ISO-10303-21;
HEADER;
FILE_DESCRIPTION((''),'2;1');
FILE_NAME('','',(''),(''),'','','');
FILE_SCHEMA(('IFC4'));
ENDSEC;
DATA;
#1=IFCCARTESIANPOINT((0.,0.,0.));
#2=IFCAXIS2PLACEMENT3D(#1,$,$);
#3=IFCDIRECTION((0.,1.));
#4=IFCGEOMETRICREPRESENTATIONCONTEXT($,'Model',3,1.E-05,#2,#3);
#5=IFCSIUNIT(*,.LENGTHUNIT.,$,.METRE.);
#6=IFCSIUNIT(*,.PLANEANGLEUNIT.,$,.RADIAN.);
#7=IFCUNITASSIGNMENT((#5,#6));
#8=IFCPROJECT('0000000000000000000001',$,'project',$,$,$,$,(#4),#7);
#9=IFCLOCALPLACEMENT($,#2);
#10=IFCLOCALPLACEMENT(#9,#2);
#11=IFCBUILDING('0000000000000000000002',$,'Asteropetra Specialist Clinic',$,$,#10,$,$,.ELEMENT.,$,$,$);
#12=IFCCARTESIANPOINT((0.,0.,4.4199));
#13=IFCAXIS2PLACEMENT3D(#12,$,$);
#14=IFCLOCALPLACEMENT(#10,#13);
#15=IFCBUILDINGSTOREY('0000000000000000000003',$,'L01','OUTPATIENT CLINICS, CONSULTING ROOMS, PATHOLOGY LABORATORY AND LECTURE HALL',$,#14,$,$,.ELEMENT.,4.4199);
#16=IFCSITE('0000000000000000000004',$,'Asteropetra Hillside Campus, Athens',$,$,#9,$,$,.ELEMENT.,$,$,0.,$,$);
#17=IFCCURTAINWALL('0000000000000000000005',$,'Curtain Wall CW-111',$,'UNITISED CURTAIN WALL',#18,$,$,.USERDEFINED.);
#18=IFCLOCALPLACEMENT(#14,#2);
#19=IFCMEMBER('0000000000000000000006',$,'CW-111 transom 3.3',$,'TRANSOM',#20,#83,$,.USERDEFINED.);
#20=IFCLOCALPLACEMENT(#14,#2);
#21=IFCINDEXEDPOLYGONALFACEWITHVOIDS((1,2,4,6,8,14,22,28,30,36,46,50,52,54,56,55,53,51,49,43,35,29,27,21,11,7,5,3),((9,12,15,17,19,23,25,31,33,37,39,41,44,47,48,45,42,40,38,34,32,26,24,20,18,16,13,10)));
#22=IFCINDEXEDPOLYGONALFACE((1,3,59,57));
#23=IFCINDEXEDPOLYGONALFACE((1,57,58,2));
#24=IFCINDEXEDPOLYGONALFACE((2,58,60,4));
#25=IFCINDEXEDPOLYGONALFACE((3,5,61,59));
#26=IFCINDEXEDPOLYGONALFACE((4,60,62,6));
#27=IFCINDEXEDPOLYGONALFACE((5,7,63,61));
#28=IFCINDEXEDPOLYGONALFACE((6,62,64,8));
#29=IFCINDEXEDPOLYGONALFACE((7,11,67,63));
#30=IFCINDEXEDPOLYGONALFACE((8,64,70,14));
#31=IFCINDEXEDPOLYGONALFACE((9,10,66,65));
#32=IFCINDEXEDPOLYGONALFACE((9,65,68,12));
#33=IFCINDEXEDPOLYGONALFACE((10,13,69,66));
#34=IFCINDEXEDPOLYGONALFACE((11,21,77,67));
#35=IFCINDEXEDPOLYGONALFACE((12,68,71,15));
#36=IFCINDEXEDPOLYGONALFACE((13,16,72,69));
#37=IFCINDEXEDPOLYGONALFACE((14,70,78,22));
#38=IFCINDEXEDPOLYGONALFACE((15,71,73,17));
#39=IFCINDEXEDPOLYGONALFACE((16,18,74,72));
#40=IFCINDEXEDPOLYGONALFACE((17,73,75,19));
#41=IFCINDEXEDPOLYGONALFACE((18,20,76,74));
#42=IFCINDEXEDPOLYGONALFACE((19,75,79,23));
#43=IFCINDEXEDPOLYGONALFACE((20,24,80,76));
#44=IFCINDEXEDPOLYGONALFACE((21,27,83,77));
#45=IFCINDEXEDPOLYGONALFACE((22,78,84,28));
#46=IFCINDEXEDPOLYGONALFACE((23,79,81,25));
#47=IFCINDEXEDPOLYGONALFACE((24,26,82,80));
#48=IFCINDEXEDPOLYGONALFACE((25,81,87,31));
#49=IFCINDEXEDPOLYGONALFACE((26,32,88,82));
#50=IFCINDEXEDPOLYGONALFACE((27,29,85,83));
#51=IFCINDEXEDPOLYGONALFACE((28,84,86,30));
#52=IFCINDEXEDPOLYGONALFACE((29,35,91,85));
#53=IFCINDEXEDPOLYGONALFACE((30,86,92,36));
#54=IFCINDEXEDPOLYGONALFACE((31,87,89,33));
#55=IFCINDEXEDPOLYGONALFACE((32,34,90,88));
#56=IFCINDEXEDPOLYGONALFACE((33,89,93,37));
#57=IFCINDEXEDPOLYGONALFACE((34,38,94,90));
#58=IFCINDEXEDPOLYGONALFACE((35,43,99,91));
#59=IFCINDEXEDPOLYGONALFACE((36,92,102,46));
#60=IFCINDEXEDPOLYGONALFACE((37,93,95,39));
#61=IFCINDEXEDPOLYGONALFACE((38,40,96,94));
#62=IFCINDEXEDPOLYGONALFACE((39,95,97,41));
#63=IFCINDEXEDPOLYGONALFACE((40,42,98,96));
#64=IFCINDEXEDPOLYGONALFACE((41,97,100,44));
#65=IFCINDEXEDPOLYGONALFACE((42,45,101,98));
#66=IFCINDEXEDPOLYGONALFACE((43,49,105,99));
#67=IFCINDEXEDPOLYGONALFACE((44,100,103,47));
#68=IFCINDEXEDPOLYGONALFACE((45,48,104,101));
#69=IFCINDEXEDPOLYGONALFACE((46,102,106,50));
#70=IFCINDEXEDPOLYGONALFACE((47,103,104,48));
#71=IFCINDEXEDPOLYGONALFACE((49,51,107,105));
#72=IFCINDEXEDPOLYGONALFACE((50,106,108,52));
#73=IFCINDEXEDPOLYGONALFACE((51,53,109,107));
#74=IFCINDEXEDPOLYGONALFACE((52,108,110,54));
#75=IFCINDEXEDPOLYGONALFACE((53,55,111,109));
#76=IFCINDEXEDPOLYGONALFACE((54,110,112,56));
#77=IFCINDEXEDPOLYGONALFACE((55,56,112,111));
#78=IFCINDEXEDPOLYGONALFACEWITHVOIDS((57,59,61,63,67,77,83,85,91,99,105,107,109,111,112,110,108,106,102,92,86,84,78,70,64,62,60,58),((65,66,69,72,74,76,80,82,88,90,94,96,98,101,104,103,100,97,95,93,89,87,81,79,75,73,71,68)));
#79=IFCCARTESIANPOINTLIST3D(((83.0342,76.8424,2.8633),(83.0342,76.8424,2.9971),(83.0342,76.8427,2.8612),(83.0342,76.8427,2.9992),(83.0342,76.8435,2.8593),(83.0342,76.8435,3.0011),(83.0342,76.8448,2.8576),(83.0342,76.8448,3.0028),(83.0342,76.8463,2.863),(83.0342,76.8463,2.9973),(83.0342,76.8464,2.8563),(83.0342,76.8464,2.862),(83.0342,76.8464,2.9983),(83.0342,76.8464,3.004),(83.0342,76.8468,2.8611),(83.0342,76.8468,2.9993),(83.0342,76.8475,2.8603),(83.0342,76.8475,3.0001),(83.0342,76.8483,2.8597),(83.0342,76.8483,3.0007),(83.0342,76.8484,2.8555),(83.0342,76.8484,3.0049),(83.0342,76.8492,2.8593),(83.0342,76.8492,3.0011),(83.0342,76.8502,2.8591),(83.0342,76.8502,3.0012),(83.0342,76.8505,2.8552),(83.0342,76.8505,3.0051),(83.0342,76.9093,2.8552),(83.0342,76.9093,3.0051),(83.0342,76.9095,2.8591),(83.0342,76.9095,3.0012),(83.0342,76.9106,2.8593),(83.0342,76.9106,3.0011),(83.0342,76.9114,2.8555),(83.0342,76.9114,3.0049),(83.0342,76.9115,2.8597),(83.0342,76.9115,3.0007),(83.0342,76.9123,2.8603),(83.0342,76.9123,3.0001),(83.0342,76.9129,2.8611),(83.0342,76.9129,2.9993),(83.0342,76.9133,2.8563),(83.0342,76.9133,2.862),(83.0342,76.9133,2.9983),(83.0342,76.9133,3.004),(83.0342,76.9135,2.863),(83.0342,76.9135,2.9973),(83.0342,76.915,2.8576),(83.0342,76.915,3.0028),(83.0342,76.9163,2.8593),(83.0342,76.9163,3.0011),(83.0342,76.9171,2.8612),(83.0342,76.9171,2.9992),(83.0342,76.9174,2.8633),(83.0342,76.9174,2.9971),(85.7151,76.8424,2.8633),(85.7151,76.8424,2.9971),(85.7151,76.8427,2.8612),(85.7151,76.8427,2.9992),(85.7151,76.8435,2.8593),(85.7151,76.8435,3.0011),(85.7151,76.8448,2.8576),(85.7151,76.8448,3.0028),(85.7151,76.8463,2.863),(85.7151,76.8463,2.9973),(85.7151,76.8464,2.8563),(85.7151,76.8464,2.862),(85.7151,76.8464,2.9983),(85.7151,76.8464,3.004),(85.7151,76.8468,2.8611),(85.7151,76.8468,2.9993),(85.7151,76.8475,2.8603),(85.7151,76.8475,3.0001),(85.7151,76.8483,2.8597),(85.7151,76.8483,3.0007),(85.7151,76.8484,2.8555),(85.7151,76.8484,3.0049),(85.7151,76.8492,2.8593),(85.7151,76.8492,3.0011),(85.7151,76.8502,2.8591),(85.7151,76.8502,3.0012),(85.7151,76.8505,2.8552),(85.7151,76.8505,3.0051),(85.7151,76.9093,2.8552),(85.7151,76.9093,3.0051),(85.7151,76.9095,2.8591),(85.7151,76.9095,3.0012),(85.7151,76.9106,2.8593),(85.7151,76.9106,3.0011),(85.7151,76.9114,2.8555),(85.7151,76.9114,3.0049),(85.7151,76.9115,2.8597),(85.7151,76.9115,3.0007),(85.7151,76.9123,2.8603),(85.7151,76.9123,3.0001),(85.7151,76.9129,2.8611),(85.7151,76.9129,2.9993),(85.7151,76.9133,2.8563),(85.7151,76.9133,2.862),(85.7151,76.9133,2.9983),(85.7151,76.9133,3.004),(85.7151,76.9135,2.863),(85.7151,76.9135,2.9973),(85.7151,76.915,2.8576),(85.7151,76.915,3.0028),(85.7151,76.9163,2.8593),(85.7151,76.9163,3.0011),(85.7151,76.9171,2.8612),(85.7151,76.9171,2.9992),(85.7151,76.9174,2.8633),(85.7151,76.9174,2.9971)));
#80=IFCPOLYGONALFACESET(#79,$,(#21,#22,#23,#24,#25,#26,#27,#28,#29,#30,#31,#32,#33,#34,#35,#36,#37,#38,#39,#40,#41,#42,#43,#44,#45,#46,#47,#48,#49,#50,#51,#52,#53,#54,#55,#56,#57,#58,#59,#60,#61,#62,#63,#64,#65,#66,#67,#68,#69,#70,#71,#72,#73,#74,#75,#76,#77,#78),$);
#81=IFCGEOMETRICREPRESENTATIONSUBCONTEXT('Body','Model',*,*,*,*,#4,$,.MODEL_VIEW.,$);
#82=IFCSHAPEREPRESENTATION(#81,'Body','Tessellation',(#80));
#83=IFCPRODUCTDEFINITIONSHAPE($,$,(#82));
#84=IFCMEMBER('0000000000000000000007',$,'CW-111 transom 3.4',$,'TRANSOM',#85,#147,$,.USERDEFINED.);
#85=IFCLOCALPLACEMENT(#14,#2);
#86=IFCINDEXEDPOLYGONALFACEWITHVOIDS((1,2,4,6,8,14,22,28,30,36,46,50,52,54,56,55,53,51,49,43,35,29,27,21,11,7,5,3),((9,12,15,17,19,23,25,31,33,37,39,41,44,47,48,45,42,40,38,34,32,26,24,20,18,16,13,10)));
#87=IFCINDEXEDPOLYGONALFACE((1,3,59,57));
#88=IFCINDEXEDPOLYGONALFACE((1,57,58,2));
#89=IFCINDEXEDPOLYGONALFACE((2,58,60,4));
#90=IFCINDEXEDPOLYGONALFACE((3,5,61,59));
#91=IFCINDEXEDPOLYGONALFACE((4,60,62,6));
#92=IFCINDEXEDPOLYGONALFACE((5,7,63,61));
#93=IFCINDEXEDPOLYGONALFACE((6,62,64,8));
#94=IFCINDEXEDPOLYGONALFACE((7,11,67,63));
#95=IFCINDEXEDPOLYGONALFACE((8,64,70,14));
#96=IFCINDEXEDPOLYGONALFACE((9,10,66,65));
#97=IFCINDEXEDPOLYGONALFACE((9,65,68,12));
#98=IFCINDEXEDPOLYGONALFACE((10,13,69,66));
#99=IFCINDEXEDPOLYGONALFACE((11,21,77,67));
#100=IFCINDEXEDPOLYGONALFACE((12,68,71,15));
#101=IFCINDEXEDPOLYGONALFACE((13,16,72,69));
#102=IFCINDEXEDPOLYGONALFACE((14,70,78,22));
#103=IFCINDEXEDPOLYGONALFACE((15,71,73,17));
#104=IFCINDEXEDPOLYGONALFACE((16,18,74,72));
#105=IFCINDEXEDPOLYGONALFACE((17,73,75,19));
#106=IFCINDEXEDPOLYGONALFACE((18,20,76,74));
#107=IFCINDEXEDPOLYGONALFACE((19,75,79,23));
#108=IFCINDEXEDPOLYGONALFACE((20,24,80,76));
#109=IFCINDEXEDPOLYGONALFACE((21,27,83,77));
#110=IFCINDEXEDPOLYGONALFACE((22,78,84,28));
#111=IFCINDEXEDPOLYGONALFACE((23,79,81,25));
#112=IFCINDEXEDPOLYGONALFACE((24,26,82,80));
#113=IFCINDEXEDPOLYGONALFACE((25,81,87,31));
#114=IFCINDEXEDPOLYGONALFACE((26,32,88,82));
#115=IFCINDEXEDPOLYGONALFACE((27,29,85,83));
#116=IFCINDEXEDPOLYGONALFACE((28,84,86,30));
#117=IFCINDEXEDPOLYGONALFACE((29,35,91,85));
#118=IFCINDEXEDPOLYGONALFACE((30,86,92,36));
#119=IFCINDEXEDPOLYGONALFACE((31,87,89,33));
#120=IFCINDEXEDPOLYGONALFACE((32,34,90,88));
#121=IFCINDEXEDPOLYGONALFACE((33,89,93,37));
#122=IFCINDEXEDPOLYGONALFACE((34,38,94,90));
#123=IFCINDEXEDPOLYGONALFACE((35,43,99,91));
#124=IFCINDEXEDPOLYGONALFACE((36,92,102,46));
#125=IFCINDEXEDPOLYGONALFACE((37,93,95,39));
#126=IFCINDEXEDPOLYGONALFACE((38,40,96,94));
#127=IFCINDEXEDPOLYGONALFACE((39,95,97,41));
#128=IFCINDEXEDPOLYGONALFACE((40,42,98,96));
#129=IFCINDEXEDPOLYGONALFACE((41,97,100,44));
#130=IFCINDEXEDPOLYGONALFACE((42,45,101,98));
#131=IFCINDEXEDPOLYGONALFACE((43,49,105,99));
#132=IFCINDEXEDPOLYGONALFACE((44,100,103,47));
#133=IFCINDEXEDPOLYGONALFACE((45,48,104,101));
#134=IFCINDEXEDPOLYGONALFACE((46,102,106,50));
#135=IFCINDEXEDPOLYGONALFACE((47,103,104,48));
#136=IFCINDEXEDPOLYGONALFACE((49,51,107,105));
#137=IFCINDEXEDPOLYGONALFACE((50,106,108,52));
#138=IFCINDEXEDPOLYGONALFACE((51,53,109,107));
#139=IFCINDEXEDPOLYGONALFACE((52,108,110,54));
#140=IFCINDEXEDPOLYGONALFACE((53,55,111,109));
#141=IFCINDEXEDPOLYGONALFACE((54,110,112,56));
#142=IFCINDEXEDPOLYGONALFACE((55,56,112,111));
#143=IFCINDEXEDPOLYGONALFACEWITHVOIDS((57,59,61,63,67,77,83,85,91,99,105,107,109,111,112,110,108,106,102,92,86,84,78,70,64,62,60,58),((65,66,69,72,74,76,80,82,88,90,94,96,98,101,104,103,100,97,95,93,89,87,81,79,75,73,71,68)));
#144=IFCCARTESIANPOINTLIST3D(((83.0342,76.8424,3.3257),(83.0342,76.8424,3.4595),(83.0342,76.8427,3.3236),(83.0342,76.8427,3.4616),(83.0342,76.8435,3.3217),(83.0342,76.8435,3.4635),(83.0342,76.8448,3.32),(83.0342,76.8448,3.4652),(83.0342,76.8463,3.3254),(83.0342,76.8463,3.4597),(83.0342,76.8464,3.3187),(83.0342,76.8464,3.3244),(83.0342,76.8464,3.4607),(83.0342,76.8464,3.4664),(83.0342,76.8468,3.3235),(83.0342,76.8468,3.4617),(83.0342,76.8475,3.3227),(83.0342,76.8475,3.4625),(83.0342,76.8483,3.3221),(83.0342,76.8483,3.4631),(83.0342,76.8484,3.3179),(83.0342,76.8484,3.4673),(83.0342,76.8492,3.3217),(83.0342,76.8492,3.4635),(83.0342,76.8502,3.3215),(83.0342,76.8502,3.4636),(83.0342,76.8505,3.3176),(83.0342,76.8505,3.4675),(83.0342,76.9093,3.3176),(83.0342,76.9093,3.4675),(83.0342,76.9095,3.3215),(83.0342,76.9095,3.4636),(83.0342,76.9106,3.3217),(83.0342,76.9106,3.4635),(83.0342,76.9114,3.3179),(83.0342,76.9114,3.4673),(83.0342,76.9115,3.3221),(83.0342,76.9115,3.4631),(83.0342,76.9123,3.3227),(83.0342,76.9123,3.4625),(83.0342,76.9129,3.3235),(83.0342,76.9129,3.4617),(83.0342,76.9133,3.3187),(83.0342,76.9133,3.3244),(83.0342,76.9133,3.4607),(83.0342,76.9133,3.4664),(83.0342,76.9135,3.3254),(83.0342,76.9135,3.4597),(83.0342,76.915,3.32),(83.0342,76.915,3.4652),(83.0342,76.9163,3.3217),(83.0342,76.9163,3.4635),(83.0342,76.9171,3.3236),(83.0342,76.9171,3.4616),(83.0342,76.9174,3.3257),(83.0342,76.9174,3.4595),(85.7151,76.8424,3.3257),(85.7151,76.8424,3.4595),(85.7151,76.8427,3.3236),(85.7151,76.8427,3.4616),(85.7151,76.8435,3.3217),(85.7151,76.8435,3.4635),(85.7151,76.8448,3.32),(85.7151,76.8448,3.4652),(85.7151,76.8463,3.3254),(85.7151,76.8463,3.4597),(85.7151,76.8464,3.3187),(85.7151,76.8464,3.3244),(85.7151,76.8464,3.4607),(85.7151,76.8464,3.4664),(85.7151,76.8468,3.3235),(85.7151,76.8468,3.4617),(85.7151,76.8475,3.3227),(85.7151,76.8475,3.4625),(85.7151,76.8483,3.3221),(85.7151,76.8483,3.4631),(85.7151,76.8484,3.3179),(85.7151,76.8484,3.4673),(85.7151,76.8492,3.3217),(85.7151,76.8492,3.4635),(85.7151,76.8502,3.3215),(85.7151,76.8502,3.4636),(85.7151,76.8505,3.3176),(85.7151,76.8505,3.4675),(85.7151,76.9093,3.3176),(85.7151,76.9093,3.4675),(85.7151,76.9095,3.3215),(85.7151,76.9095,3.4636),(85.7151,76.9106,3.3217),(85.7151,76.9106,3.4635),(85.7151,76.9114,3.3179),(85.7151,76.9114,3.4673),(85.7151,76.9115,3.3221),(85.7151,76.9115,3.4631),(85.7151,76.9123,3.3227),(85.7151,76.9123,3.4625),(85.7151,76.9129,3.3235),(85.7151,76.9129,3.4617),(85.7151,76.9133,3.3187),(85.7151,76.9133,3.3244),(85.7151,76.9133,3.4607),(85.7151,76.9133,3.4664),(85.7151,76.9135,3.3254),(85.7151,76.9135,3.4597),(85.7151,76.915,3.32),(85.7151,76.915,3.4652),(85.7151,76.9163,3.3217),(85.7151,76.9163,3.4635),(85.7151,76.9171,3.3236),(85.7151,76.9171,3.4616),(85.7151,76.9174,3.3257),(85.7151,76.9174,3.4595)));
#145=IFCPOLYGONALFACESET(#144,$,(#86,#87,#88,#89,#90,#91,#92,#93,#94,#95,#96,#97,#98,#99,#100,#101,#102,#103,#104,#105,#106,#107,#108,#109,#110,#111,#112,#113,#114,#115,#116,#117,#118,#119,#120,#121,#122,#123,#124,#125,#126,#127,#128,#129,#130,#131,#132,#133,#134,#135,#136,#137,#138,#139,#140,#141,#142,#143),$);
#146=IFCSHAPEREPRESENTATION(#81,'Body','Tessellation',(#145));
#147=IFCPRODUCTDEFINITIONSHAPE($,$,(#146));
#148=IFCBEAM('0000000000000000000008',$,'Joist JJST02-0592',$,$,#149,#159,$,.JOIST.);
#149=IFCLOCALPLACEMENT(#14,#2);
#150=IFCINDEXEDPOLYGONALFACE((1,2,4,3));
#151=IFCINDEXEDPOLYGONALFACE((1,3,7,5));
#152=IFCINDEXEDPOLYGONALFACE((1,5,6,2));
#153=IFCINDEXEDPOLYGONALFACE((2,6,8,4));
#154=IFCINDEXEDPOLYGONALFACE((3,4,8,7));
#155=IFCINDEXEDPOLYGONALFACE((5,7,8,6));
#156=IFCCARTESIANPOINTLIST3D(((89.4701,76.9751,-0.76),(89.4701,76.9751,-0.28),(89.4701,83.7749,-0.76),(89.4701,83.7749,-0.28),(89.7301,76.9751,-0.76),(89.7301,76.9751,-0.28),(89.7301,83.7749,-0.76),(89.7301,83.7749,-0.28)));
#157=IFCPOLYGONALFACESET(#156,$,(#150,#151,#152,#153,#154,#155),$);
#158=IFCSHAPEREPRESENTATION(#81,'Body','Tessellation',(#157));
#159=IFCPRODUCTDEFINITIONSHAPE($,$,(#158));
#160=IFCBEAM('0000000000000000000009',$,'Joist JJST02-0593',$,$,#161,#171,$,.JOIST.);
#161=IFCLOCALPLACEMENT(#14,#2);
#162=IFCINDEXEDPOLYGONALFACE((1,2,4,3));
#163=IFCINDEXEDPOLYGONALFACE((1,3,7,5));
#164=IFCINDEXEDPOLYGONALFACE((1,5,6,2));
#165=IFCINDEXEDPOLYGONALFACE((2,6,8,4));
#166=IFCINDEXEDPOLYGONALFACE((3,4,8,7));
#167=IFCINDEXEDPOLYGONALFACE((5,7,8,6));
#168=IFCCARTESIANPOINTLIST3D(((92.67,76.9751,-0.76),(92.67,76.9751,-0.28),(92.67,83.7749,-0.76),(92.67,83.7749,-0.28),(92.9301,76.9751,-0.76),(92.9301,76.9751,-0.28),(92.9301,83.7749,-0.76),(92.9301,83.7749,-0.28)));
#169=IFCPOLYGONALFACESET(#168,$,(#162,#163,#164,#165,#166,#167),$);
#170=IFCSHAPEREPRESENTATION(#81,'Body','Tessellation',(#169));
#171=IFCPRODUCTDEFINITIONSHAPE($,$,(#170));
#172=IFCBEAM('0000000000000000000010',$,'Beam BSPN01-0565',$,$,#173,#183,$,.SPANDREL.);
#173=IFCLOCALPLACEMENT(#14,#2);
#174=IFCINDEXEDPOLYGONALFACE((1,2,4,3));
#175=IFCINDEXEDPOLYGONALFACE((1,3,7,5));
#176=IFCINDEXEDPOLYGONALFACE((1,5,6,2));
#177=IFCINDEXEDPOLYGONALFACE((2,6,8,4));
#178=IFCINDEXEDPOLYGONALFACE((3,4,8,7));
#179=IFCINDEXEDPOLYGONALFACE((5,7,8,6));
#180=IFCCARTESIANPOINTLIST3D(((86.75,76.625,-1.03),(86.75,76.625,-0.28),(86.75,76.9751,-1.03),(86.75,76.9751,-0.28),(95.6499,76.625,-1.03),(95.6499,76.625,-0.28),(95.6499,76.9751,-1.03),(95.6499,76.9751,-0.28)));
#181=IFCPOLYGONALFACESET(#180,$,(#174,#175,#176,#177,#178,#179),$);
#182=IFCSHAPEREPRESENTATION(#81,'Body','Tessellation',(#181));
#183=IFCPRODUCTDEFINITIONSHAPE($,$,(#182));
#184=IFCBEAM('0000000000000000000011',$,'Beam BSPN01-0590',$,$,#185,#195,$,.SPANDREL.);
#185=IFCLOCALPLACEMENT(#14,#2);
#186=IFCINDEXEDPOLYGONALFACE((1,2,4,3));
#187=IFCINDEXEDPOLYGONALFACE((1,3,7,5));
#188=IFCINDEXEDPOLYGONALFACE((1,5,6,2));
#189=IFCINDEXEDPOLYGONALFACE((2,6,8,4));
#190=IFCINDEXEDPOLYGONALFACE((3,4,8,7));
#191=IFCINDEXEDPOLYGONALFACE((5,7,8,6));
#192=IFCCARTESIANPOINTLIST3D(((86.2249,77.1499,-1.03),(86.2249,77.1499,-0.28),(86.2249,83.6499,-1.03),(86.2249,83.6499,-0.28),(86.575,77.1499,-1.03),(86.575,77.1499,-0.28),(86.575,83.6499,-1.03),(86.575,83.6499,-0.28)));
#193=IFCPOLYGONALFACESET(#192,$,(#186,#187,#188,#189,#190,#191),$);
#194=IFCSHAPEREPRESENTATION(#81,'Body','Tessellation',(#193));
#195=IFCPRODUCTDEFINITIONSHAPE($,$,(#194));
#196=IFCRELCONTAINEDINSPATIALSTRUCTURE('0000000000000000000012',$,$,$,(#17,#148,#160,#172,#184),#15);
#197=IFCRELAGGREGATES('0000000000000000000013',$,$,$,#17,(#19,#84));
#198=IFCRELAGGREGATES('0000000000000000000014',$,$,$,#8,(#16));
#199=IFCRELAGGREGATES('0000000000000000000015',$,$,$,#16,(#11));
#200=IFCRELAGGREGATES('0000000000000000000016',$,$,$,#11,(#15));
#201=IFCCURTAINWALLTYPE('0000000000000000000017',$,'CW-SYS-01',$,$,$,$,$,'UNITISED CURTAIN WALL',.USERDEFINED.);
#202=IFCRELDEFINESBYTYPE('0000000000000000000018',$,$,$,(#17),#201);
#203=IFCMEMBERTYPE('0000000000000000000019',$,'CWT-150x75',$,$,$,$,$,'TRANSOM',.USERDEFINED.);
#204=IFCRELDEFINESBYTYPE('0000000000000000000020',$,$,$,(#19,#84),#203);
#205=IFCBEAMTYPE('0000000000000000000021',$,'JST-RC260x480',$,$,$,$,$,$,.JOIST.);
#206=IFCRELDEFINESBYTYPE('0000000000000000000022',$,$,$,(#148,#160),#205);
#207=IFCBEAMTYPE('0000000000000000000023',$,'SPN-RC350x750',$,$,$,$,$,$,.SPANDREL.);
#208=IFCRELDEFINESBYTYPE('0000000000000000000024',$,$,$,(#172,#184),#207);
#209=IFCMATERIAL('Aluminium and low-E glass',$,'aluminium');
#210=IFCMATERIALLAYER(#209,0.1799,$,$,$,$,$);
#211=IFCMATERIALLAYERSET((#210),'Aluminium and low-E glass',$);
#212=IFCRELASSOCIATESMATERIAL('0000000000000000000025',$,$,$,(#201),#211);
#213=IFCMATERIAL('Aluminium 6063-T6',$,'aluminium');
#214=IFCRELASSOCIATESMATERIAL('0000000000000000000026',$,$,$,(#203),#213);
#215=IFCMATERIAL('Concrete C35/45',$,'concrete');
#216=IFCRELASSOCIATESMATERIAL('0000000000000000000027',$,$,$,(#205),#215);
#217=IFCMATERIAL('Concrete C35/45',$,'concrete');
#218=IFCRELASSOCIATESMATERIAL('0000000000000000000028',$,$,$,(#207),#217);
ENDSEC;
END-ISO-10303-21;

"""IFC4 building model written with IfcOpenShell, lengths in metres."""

from ifc_helpers import new_model, si_unit, direction, frame, origin, origin_2d, place, context, subcontext, project, spatial, rectangle, hollow_rectangle, extrude, material, layer, layer_set, material_profile, profile_set, type_object, element, aggregate, save


model = new_model("IFC4")

# Units and contexts
model_context = context("Model", 3, precision=1e-05, world=origin(), true_north=direction((0.0, 1.0)))
body_context = subcontext(model_context, "Body", "Model", "MODEL_VIEW")
ifc_project = project(units=[si_unit("LENGTHUNIT", "METRE"), si_unit("PLANEANGLEUNIT", "RADIAN")], contexts=[model_context])

# Site, building, storey
site_placement = place(None, origin())
site = spatial("IfcSite", under=ifc_project, at=site_placement, Name="Asteropetra Hillside Campus, Athens", CompositionType="ELEMENT", RefElevation=0.0)
building_placement = place(site_placement, origin())
building = spatial("IfcBuilding", under=site, at=building_placement, Name="Asteropetra Specialist Clinic", CompositionType="ELEMENT")
storey_placement = place(building_placement, frame((0.0, 0.0, 4.4199)))
storey = spatial("IfcBuildingStorey", under=building, at=storey_placement, Name="L01", Description="OUTPATIENT CLINICS, CONSULTING ROOMS, PATHOLOGY LABORATORY AND LECTURE HALL", CompositionType="ELEMENT", Elevation=4.4199)

# Curtain wall, members
ifc_material_1 = material(Name="Aluminium and low-E glass", Category="aluminium")
ifc_layer_1 = layer(ifc_material_1, 0.1799)
ifc_layer_set_1 = layer_set([ifc_layer_1], Name="Aluminium and low-E glass")
curtain_wall_type_1 = type_object("IfcCurtainWallType", Name="CW-SYS-01", ElementType="UNITISED CURTAIN WALL", PredefinedType="USERDEFINED", material=ifc_layer_set_1)
curtain_wall_1_placement = place(storey_placement, origin())
curtain_wall_1 = element("IfcCurtainWall", 1, at=curtain_wall_1_placement, inside=storey, type_object=curtain_wall_type_1, Name="Curtain Wall CW-111", ObjectType="UNITISED CURTAIN WALL", PredefinedType="USERDEFINED")
ifc_material_2 = material(Name="Aluminium 6063-T6", Category="aluminium")
ifc_material_profile_1 = material_profile(ifc_material_2, hollow_rectangle(XDim=0.075, YDim=0.1499, WallThickness=0.0039, InnerFilletRadius=0.0039, OuterFilletRadius=0.0081, at=origin_2d()), Name="TRN 150x75x4.0")
ifc_profile_set_1 = profile_set([ifc_material_profile_1], Name="Aluminium 6063-T6")
member_type_1 = type_object("IfcMemberType", Name="CWT-150x75", ElementType="TRANSOM", PredefinedType="USERDEFINED", material=ifc_profile_set_1)
member_1_placement = place(storey_placement, frame((83.0342, 76.8799, 2.9302), z_axis=(1.0, 0.0, 0.0), x_axis=(0.0, 1.0, 0.0)))
member_1 = element("IfcMember", 2, at=member_1_placement, type_object=member_type_1, Name="CW-111 transom 3.3", ObjectType="TRANSOM", PredefinedType="USERDEFINED", context=body_context, shape_type="SweptSolid", body=[
    extrude(hollow_rectangle(XDim=0.075, YDim=0.1499, WallThickness=0.0039, InnerFilletRadius=0.0039, OuterFilletRadius=0.0081, at=origin_2d()), origin(), (0.0, 0.0, 1.0), 2.6809),
])
member_2_placement = place(storey_placement, frame((83.0342, 76.8799, 3.3926), z_axis=(1.0, 0.0, 0.0), x_axis=(0.0, 1.0, 0.0)))
member_2 = element("IfcMember", 3, at=member_2_placement, type_object=member_type_1, Name="CW-111 transom 3.4", ObjectType="TRANSOM", PredefinedType="USERDEFINED", context=body_context, shape_type="SweptSolid", body=[
    extrude(hollow_rectangle(XDim=0.075, YDim=0.1499, WallThickness=0.0039, InnerFilletRadius=0.0039, OuterFilletRadius=0.0081, at=origin_2d()), origin(), (0.0, 0.0, 1.0), 2.6809),
])

# Beams
ifc_material_3 = material(Name="Concrete C35/45", Category="concrete")
ifc_material_profile_2 = material_profile(ifc_material_3, rectangle(XDim=0.26, YDim=0.48, at=origin_2d()), Name="RCJ 260x480")
ifc_profile_set_2 = profile_set([ifc_material_profile_2], Name="Concrete C35/45")
beam_type_1 = type_object("IfcBeamType", Name="JST-RC260x480", PredefinedType="JOIST", material=ifc_profile_set_2)
for number, where, z_axis, x_axis, name in (
    (4, (89.6001, 76.9751, -0.52), (0.0, 1.0, 0.0), (-1.0, 0.0, 0.0), "Joist JJST02-0592"),
    (5, (92.8, 76.9751, -0.52), (0.0, 1.0, 0.0), (-1.0, 0.0, 0.0), "Joist JJST02-0593"),
):
    element("IfcBeam", number, at=place(storey_placement, frame(where, z_axis=z_axis, x_axis=x_axis)), inside=storey, type_object=beam_type_1, Name=name, PredefinedType="JOIST", context=body_context, shape_type="SweptSolid", body=[
        extrude(rectangle(XDim=0.26, YDim=0.48, at=origin_2d()), origin(), (0.0, 0.0, 1.0), 6.7998),
    ])
ifc_material_4 = material(Name="Concrete C35/45", Category="concrete")
ifc_material_profile_3 = material_profile(ifc_material_4, rectangle(XDim=0.3501, YDim=0.75, at=origin_2d()), Name="RCS 350x750")
ifc_profile_set_3 = profile_set([ifc_material_profile_3], Name="Concrete C35/45")
beam_type_2 = type_object("IfcBeamType", Name="SPN-RC350x750", PredefinedType="SPANDREL", material=ifc_profile_set_3)
beam_1_placement = place(storey_placement, frame((86.75, 76.8, -0.655), z_axis=(1.0, 0.0, 0.0), x_axis=(0.0, 1.0, 0.0)))
element("IfcBeam", 6, at=beam_1_placement, inside=storey, type_object=beam_type_2, Name="Beam BSPN01-0565", PredefinedType="SPANDREL", context=body_context, shape_type="SweptSolid", body=[
    extrude(rectangle(XDim=0.3501, YDim=0.75, at=origin_2d()), origin(), (0.0, 0.0, 1.0), 8.8999),
])
beam_2_placement = place(storey_placement, frame((86.3999, 77.1499, -0.655), z_axis=(0.0, 1.0, 0.0), x_axis=(-1.0, 0.0, 0.0)))
element("IfcBeam", 7, at=beam_2_placement, inside=storey, type_object=beam_type_2, Name="Beam BSPN01-0590", PredefinedType="SPANDREL", context=body_context, shape_type="SweptSolid", body=[
    extrude(rectangle(XDim=0.3501, YDim=0.75, at=origin_2d()), origin(), (0.0, 0.0, 1.0), 6.5),
])

aggregate(curtain_wall_1, [member_1, member_2])

save(model, "model.ifc")
